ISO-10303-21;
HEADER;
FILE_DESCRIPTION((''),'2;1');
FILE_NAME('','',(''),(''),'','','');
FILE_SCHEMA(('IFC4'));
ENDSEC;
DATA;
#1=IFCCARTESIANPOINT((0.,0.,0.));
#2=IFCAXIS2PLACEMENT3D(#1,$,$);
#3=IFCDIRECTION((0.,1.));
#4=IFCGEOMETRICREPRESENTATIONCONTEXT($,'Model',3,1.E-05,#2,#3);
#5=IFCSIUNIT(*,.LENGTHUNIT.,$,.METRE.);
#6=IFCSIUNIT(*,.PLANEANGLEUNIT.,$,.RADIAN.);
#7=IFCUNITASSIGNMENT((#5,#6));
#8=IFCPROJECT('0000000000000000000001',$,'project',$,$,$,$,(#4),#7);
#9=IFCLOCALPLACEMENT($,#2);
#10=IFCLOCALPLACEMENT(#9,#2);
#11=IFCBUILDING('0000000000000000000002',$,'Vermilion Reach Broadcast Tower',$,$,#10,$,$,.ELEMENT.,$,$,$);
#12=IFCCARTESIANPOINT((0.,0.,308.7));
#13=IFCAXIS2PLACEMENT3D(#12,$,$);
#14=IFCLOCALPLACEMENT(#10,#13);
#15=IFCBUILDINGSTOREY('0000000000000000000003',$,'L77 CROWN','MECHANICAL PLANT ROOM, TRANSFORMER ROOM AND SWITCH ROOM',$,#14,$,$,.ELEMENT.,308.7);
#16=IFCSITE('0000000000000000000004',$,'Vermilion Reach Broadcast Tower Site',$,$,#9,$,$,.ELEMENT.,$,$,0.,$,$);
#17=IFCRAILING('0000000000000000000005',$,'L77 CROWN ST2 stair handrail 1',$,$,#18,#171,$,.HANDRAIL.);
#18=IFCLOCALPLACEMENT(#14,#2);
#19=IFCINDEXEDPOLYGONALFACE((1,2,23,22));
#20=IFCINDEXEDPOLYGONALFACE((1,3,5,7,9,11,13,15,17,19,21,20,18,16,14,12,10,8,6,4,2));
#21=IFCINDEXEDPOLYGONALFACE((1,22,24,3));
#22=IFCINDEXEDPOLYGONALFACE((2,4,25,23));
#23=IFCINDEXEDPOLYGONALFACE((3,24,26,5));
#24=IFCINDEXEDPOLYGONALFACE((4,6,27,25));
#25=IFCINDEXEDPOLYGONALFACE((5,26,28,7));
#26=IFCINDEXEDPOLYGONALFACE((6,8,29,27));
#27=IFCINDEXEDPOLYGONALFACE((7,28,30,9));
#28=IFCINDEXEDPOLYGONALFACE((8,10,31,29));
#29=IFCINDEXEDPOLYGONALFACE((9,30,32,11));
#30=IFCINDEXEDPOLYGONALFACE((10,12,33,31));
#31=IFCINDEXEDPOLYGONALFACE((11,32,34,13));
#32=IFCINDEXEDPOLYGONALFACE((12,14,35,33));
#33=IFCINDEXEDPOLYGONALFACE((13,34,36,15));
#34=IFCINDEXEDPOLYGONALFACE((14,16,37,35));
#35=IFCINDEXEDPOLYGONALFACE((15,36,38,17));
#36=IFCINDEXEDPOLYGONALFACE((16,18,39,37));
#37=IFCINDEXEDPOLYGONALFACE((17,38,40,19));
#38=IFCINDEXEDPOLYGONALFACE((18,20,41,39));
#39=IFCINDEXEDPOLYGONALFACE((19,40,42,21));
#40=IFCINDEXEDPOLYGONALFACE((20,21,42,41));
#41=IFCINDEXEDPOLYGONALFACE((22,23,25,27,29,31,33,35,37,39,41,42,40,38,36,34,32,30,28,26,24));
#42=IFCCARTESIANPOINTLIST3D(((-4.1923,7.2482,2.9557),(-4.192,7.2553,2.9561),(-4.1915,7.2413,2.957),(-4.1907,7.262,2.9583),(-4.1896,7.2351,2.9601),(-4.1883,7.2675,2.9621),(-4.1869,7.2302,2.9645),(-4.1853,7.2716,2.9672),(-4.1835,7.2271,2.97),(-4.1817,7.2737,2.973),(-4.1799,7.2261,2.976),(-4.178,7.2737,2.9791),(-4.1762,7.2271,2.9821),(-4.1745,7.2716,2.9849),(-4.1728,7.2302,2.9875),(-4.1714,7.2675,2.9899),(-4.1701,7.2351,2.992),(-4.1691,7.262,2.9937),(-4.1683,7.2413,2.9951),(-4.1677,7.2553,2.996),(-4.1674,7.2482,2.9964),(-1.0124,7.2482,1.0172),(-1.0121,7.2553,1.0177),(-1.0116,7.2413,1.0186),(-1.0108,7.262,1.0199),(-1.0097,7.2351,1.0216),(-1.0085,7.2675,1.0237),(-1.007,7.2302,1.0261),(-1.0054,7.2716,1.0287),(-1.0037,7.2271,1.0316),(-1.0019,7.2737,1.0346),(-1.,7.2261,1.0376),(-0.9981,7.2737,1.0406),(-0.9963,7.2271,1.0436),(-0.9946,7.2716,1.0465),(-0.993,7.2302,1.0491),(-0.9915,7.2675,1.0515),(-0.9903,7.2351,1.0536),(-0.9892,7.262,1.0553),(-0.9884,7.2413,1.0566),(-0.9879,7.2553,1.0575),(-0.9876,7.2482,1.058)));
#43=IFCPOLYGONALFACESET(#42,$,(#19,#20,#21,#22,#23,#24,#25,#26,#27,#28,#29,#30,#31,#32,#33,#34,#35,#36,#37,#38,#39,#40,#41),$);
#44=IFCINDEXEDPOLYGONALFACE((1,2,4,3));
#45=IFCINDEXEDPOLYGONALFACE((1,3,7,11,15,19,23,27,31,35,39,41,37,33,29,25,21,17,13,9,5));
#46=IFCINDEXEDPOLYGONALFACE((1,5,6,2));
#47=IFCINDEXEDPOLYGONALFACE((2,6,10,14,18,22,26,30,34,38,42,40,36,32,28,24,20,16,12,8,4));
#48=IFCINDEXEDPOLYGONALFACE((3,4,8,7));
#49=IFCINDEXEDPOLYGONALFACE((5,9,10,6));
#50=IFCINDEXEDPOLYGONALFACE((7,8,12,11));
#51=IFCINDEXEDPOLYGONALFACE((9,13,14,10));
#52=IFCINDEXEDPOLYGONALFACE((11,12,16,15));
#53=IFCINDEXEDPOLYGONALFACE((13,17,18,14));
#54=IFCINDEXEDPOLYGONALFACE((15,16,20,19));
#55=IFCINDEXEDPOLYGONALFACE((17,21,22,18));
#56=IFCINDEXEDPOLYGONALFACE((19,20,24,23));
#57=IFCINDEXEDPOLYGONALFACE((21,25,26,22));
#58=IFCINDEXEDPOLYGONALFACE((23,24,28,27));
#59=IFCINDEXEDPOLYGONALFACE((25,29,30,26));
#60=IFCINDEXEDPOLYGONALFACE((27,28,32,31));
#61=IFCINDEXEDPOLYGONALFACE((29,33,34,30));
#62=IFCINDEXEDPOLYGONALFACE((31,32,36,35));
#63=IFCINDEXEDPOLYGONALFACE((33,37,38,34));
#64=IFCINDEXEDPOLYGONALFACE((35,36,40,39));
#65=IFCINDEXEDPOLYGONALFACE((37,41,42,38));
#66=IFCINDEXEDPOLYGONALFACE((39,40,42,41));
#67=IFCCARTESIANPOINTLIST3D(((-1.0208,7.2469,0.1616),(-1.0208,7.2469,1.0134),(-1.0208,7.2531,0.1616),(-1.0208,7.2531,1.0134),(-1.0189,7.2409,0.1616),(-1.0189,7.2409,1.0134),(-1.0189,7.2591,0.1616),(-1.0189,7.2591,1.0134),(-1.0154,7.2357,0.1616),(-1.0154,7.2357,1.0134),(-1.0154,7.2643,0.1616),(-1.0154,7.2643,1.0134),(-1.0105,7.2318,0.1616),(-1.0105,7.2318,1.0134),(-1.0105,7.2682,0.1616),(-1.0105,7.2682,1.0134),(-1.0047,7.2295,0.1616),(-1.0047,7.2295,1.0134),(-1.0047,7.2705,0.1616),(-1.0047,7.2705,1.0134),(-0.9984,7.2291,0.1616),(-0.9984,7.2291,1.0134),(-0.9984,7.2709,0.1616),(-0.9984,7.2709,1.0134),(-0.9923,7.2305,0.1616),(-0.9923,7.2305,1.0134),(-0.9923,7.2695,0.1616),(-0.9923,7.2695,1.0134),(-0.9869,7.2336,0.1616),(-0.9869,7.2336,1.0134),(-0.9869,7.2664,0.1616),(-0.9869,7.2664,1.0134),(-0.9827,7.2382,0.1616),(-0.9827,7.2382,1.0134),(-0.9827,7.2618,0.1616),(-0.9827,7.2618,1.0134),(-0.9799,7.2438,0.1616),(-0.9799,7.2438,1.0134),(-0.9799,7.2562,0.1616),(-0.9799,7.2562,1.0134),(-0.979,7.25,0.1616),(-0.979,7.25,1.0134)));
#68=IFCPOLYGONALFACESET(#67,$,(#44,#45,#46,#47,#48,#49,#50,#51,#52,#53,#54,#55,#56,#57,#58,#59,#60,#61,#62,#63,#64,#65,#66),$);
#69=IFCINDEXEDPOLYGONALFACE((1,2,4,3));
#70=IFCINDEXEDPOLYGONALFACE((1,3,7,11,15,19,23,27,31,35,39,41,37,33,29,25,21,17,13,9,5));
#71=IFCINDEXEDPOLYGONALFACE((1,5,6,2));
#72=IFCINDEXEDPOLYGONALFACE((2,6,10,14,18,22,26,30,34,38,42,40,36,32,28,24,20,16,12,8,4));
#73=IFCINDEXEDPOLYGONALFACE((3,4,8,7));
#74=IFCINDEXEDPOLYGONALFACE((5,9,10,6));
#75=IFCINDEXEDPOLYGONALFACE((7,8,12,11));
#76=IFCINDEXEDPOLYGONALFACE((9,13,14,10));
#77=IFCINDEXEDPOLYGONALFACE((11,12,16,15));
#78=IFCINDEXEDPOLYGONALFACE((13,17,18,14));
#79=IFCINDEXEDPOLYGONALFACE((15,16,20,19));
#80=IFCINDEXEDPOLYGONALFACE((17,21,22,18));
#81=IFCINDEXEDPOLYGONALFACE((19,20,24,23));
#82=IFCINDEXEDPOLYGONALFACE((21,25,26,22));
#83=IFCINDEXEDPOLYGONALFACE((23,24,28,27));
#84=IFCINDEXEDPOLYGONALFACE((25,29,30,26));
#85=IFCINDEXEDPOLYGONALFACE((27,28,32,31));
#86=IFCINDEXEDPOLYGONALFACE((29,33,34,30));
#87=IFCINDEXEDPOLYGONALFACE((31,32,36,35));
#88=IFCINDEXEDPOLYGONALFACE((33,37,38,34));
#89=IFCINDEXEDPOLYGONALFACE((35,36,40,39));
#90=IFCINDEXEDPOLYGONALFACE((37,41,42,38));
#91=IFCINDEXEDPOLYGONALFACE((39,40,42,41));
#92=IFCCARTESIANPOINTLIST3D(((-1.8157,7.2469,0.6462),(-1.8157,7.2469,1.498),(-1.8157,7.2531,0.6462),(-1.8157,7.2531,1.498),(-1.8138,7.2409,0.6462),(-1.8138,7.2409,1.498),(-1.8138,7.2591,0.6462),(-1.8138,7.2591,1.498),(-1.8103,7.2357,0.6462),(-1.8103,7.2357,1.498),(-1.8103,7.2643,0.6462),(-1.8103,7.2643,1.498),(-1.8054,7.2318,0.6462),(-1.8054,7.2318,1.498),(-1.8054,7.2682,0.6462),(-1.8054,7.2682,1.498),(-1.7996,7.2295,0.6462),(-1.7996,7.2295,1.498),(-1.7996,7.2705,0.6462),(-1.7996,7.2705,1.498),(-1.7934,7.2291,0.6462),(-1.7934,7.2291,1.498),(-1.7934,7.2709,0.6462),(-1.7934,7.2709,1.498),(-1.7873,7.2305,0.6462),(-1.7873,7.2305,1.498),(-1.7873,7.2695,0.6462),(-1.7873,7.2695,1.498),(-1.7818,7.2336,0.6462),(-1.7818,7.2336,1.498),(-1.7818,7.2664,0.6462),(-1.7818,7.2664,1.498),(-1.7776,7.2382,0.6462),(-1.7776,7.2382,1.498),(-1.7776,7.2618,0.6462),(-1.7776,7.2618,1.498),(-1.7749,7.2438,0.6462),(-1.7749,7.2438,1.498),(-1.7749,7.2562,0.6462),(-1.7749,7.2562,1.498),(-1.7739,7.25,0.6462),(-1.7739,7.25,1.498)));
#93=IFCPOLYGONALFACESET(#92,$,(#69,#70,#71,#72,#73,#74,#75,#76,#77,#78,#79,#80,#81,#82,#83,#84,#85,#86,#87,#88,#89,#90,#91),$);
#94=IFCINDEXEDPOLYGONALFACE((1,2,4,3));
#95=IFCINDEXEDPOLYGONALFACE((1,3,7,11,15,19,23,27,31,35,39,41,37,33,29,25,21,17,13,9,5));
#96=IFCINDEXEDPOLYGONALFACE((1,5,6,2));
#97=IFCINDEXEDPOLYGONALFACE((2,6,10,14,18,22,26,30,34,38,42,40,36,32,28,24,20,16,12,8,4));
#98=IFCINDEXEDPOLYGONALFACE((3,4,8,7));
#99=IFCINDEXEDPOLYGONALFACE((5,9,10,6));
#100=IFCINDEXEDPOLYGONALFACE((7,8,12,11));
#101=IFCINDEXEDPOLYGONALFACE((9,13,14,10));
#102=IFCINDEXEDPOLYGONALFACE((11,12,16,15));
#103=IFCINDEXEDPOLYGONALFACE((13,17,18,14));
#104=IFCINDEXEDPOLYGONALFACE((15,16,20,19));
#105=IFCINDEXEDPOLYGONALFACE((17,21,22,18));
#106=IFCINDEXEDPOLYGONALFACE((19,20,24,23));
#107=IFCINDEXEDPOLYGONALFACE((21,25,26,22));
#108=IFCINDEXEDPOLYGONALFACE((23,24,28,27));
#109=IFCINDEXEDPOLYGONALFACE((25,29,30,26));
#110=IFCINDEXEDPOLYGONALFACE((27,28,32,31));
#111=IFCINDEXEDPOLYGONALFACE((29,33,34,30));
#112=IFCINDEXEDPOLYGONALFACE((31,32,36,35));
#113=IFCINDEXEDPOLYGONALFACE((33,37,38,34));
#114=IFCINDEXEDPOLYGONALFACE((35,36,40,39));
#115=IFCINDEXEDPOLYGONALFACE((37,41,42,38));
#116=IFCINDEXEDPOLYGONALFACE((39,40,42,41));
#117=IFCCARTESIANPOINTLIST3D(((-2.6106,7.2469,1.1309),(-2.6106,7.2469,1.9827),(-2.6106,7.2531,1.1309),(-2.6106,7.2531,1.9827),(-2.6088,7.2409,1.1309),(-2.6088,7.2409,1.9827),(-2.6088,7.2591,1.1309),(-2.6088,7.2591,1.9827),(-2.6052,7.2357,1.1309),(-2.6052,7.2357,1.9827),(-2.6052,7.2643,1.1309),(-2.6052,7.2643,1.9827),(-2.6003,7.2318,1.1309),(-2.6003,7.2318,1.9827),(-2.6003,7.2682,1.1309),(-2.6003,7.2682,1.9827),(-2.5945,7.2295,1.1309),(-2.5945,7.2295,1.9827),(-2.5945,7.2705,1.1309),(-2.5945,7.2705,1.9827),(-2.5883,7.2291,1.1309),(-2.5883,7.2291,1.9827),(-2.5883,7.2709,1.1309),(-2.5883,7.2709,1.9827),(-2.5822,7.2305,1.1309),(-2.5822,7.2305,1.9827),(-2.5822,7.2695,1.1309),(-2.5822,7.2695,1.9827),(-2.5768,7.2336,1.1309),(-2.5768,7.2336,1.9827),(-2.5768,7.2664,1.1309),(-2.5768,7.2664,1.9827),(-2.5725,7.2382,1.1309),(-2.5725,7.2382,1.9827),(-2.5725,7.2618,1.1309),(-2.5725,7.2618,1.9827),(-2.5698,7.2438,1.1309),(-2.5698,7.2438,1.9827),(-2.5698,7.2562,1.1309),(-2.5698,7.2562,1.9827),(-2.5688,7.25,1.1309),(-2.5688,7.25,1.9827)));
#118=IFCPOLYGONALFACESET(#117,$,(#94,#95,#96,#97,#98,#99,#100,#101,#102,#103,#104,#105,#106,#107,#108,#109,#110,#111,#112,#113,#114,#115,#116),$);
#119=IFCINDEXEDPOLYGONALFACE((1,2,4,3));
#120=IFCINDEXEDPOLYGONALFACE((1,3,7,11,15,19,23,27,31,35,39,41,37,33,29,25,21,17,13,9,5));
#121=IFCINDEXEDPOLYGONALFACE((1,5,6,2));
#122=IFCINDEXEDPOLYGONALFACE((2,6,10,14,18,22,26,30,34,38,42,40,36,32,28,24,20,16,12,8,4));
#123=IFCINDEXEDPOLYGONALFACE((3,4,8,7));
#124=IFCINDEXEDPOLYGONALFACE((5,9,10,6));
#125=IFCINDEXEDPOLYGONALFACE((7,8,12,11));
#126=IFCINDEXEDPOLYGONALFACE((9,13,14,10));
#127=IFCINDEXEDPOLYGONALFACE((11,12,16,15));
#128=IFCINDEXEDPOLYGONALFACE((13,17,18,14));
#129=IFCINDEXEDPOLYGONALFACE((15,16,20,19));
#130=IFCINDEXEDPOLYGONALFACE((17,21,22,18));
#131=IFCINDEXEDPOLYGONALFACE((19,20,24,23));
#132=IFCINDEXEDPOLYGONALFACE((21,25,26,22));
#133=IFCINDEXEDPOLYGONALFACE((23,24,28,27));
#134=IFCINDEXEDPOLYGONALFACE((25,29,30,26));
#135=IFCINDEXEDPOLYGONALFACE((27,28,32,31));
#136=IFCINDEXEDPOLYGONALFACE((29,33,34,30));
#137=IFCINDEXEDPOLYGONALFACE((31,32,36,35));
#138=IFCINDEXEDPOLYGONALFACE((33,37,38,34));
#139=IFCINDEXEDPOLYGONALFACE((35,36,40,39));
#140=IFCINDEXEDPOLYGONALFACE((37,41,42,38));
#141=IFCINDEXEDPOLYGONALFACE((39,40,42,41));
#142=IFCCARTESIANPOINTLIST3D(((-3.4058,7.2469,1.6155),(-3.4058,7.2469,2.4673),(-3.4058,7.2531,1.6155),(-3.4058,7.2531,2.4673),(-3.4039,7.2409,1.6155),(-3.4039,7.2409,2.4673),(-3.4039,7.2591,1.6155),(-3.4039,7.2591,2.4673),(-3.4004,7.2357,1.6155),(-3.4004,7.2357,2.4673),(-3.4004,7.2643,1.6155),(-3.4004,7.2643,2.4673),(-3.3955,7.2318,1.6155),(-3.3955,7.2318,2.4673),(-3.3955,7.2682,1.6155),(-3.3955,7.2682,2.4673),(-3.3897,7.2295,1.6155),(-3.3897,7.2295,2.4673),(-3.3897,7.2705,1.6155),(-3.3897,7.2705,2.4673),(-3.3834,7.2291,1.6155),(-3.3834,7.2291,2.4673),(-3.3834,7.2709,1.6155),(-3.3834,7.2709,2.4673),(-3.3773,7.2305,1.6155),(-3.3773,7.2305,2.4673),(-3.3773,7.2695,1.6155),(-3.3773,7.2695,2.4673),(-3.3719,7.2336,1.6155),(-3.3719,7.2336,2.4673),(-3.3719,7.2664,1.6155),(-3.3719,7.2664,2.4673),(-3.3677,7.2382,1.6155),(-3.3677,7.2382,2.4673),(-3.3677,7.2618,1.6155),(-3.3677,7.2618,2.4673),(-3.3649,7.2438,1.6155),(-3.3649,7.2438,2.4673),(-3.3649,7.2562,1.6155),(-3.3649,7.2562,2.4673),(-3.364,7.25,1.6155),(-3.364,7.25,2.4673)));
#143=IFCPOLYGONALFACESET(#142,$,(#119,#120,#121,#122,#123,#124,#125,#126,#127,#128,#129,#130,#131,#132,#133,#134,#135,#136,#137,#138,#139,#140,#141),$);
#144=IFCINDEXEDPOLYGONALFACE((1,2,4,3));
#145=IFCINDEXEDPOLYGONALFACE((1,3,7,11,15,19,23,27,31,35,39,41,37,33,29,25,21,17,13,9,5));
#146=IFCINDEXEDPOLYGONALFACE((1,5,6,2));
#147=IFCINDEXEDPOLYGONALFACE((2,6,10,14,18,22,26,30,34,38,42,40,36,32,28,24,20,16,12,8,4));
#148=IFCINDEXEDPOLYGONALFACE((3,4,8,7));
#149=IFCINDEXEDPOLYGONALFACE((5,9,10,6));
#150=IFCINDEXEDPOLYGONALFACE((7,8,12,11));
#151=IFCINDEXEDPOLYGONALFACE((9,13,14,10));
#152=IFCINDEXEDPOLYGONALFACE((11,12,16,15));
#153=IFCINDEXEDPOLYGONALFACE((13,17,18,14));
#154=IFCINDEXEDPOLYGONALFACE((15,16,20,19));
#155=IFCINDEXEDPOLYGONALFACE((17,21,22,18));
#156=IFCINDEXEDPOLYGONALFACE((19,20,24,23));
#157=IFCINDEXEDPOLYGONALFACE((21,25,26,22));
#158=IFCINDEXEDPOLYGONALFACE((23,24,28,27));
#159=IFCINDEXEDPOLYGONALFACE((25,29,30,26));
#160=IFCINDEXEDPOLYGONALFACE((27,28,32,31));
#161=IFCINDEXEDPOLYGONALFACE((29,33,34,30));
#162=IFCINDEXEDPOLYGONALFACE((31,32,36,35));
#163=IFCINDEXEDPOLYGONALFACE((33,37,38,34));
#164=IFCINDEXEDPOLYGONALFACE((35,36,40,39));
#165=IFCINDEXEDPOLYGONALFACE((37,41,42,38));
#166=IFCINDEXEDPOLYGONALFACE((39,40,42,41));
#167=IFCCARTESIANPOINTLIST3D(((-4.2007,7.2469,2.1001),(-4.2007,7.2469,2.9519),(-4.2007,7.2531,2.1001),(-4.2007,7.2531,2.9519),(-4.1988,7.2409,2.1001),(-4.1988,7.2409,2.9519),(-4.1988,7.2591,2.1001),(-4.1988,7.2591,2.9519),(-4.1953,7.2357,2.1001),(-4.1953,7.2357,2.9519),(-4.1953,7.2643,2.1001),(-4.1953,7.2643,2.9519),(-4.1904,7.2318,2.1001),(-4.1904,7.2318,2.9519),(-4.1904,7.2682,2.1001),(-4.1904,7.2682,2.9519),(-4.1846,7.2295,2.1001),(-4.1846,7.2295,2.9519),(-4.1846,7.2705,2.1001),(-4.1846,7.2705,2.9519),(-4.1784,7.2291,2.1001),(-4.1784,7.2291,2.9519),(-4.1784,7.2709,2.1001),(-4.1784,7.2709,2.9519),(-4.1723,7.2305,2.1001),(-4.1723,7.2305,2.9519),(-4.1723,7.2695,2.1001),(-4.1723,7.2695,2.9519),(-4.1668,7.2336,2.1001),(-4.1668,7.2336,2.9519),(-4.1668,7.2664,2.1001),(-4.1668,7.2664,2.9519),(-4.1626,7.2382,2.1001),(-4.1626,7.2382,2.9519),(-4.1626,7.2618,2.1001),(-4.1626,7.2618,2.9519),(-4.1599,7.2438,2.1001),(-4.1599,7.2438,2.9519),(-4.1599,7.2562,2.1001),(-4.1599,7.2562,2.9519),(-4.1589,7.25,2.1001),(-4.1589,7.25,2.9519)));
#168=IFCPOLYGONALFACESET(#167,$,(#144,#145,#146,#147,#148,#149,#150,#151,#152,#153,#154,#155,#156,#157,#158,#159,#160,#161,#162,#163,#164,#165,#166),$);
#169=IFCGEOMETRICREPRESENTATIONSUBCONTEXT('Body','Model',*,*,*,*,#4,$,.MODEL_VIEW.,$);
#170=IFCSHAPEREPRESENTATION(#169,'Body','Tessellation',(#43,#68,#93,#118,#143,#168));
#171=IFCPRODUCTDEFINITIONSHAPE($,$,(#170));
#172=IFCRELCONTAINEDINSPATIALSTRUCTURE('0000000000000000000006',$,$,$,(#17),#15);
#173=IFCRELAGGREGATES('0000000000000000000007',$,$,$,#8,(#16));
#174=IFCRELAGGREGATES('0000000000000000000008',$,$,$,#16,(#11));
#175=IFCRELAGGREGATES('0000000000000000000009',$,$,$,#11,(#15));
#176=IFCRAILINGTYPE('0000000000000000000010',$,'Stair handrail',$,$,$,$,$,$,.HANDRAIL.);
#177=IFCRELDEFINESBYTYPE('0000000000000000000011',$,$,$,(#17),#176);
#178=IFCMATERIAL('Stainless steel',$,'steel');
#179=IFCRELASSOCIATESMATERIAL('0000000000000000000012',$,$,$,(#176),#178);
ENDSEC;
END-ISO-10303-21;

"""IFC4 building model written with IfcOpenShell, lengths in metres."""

from ifc_helpers import new_model, si_unit, direction, frame, origin, origin_2d, place, context, subcontext, project, spatial, circle, extrude, material, type_object, element, save


model = new_model("IFC4")

# Units and contexts
model_context = context("Model", 3, precision=1e-05, world=origin(), true_north=direction((0.0, 1.0)))
body_context = subcontext(model_context, "Body", "Model", "MODEL_VIEW")
ifc_project = project(units=[si_unit("LENGTHUNIT", "METRE"), si_unit("PLANEANGLEUNIT", "RADIAN")], contexts=[model_context])

# Site, building, storey
site_placement = place(None, origin())
site = spatial("IfcSite", under=ifc_project, at=site_placement, Name="Vermilion Reach Broadcast Tower Site", CompositionType="ELEMENT", RefElevation=0.0)
building_placement = place(site_placement, origin())
building = spatial("IfcBuilding", under=site, at=building_placement, Name="Vermilion Reach Broadcast Tower", CompositionType="ELEMENT")
storey_placement = place(building_placement, frame((0.0, 0.0, 308.7)))
storey = spatial("IfcBuildingStorey", under=building, at=storey_placement, Name="L77 CROWN", Description="MECHANICAL PLANT ROOM, TRANSFORMER ROOM AND SWITCH ROOM", CompositionType="ELEMENT", Elevation=308.7)

# Railing
ifc_material_1 = material(Name="Stainless steel", Category="steel")
railing_type_1 = type_object("IfcRailingType", Name="Stair handrail", PredefinedType="HANDRAIL", material=ifc_material_1)
railing_1_placement = place(storey_placement, frame((-1.0, 7.25, 0.1616)))
element("IfcRailing", 1, at=railing_1_placement, inside=storey, type_object=railing_type_1, Name="L77 CROWN ST2 stair handrail 1", PredefinedType="HANDRAIL", context=body_context, shape_type="SweptSolid", body=[
    extrude(circle(Radius=0.0239, at=origin_2d()), frame((0.0, 0.0, 0.876), z_axis=(-0.853857, 0.0, 0.520508), x_axis=(0.0, -1.0, 0.0)), (0.0, 0.0, 1.0), 3.7241),
    extrude(circle(Radius=0.021, at=origin_2d()), origin(), (0.0, 0.0, 1.0), 0.8518),
    extrude(circle(Radius=0.021, at=origin_2d()), frame((-0.7949, 0.0, 0.4846)), (0.0, 0.0, 1.0), 0.8518),
    extrude(circle(Radius=0.021, at=origin_2d()), frame((-1.5898, 0.0, 0.9692)), (0.0, 0.0, 1.0), 0.8518),
    extrude(circle(Radius=0.021, at=origin_2d()), frame((-2.385, 0.0, 1.4539)), (0.0, 0.0, 1.0), 0.8518),
    extrude(circle(Radius=0.021, at=origin_2d()), frame((-3.1799, 0.0, 1.9385)), (0.0, 0.0, 1.0), 0.8518),
])

save(model, "model.ifc")
